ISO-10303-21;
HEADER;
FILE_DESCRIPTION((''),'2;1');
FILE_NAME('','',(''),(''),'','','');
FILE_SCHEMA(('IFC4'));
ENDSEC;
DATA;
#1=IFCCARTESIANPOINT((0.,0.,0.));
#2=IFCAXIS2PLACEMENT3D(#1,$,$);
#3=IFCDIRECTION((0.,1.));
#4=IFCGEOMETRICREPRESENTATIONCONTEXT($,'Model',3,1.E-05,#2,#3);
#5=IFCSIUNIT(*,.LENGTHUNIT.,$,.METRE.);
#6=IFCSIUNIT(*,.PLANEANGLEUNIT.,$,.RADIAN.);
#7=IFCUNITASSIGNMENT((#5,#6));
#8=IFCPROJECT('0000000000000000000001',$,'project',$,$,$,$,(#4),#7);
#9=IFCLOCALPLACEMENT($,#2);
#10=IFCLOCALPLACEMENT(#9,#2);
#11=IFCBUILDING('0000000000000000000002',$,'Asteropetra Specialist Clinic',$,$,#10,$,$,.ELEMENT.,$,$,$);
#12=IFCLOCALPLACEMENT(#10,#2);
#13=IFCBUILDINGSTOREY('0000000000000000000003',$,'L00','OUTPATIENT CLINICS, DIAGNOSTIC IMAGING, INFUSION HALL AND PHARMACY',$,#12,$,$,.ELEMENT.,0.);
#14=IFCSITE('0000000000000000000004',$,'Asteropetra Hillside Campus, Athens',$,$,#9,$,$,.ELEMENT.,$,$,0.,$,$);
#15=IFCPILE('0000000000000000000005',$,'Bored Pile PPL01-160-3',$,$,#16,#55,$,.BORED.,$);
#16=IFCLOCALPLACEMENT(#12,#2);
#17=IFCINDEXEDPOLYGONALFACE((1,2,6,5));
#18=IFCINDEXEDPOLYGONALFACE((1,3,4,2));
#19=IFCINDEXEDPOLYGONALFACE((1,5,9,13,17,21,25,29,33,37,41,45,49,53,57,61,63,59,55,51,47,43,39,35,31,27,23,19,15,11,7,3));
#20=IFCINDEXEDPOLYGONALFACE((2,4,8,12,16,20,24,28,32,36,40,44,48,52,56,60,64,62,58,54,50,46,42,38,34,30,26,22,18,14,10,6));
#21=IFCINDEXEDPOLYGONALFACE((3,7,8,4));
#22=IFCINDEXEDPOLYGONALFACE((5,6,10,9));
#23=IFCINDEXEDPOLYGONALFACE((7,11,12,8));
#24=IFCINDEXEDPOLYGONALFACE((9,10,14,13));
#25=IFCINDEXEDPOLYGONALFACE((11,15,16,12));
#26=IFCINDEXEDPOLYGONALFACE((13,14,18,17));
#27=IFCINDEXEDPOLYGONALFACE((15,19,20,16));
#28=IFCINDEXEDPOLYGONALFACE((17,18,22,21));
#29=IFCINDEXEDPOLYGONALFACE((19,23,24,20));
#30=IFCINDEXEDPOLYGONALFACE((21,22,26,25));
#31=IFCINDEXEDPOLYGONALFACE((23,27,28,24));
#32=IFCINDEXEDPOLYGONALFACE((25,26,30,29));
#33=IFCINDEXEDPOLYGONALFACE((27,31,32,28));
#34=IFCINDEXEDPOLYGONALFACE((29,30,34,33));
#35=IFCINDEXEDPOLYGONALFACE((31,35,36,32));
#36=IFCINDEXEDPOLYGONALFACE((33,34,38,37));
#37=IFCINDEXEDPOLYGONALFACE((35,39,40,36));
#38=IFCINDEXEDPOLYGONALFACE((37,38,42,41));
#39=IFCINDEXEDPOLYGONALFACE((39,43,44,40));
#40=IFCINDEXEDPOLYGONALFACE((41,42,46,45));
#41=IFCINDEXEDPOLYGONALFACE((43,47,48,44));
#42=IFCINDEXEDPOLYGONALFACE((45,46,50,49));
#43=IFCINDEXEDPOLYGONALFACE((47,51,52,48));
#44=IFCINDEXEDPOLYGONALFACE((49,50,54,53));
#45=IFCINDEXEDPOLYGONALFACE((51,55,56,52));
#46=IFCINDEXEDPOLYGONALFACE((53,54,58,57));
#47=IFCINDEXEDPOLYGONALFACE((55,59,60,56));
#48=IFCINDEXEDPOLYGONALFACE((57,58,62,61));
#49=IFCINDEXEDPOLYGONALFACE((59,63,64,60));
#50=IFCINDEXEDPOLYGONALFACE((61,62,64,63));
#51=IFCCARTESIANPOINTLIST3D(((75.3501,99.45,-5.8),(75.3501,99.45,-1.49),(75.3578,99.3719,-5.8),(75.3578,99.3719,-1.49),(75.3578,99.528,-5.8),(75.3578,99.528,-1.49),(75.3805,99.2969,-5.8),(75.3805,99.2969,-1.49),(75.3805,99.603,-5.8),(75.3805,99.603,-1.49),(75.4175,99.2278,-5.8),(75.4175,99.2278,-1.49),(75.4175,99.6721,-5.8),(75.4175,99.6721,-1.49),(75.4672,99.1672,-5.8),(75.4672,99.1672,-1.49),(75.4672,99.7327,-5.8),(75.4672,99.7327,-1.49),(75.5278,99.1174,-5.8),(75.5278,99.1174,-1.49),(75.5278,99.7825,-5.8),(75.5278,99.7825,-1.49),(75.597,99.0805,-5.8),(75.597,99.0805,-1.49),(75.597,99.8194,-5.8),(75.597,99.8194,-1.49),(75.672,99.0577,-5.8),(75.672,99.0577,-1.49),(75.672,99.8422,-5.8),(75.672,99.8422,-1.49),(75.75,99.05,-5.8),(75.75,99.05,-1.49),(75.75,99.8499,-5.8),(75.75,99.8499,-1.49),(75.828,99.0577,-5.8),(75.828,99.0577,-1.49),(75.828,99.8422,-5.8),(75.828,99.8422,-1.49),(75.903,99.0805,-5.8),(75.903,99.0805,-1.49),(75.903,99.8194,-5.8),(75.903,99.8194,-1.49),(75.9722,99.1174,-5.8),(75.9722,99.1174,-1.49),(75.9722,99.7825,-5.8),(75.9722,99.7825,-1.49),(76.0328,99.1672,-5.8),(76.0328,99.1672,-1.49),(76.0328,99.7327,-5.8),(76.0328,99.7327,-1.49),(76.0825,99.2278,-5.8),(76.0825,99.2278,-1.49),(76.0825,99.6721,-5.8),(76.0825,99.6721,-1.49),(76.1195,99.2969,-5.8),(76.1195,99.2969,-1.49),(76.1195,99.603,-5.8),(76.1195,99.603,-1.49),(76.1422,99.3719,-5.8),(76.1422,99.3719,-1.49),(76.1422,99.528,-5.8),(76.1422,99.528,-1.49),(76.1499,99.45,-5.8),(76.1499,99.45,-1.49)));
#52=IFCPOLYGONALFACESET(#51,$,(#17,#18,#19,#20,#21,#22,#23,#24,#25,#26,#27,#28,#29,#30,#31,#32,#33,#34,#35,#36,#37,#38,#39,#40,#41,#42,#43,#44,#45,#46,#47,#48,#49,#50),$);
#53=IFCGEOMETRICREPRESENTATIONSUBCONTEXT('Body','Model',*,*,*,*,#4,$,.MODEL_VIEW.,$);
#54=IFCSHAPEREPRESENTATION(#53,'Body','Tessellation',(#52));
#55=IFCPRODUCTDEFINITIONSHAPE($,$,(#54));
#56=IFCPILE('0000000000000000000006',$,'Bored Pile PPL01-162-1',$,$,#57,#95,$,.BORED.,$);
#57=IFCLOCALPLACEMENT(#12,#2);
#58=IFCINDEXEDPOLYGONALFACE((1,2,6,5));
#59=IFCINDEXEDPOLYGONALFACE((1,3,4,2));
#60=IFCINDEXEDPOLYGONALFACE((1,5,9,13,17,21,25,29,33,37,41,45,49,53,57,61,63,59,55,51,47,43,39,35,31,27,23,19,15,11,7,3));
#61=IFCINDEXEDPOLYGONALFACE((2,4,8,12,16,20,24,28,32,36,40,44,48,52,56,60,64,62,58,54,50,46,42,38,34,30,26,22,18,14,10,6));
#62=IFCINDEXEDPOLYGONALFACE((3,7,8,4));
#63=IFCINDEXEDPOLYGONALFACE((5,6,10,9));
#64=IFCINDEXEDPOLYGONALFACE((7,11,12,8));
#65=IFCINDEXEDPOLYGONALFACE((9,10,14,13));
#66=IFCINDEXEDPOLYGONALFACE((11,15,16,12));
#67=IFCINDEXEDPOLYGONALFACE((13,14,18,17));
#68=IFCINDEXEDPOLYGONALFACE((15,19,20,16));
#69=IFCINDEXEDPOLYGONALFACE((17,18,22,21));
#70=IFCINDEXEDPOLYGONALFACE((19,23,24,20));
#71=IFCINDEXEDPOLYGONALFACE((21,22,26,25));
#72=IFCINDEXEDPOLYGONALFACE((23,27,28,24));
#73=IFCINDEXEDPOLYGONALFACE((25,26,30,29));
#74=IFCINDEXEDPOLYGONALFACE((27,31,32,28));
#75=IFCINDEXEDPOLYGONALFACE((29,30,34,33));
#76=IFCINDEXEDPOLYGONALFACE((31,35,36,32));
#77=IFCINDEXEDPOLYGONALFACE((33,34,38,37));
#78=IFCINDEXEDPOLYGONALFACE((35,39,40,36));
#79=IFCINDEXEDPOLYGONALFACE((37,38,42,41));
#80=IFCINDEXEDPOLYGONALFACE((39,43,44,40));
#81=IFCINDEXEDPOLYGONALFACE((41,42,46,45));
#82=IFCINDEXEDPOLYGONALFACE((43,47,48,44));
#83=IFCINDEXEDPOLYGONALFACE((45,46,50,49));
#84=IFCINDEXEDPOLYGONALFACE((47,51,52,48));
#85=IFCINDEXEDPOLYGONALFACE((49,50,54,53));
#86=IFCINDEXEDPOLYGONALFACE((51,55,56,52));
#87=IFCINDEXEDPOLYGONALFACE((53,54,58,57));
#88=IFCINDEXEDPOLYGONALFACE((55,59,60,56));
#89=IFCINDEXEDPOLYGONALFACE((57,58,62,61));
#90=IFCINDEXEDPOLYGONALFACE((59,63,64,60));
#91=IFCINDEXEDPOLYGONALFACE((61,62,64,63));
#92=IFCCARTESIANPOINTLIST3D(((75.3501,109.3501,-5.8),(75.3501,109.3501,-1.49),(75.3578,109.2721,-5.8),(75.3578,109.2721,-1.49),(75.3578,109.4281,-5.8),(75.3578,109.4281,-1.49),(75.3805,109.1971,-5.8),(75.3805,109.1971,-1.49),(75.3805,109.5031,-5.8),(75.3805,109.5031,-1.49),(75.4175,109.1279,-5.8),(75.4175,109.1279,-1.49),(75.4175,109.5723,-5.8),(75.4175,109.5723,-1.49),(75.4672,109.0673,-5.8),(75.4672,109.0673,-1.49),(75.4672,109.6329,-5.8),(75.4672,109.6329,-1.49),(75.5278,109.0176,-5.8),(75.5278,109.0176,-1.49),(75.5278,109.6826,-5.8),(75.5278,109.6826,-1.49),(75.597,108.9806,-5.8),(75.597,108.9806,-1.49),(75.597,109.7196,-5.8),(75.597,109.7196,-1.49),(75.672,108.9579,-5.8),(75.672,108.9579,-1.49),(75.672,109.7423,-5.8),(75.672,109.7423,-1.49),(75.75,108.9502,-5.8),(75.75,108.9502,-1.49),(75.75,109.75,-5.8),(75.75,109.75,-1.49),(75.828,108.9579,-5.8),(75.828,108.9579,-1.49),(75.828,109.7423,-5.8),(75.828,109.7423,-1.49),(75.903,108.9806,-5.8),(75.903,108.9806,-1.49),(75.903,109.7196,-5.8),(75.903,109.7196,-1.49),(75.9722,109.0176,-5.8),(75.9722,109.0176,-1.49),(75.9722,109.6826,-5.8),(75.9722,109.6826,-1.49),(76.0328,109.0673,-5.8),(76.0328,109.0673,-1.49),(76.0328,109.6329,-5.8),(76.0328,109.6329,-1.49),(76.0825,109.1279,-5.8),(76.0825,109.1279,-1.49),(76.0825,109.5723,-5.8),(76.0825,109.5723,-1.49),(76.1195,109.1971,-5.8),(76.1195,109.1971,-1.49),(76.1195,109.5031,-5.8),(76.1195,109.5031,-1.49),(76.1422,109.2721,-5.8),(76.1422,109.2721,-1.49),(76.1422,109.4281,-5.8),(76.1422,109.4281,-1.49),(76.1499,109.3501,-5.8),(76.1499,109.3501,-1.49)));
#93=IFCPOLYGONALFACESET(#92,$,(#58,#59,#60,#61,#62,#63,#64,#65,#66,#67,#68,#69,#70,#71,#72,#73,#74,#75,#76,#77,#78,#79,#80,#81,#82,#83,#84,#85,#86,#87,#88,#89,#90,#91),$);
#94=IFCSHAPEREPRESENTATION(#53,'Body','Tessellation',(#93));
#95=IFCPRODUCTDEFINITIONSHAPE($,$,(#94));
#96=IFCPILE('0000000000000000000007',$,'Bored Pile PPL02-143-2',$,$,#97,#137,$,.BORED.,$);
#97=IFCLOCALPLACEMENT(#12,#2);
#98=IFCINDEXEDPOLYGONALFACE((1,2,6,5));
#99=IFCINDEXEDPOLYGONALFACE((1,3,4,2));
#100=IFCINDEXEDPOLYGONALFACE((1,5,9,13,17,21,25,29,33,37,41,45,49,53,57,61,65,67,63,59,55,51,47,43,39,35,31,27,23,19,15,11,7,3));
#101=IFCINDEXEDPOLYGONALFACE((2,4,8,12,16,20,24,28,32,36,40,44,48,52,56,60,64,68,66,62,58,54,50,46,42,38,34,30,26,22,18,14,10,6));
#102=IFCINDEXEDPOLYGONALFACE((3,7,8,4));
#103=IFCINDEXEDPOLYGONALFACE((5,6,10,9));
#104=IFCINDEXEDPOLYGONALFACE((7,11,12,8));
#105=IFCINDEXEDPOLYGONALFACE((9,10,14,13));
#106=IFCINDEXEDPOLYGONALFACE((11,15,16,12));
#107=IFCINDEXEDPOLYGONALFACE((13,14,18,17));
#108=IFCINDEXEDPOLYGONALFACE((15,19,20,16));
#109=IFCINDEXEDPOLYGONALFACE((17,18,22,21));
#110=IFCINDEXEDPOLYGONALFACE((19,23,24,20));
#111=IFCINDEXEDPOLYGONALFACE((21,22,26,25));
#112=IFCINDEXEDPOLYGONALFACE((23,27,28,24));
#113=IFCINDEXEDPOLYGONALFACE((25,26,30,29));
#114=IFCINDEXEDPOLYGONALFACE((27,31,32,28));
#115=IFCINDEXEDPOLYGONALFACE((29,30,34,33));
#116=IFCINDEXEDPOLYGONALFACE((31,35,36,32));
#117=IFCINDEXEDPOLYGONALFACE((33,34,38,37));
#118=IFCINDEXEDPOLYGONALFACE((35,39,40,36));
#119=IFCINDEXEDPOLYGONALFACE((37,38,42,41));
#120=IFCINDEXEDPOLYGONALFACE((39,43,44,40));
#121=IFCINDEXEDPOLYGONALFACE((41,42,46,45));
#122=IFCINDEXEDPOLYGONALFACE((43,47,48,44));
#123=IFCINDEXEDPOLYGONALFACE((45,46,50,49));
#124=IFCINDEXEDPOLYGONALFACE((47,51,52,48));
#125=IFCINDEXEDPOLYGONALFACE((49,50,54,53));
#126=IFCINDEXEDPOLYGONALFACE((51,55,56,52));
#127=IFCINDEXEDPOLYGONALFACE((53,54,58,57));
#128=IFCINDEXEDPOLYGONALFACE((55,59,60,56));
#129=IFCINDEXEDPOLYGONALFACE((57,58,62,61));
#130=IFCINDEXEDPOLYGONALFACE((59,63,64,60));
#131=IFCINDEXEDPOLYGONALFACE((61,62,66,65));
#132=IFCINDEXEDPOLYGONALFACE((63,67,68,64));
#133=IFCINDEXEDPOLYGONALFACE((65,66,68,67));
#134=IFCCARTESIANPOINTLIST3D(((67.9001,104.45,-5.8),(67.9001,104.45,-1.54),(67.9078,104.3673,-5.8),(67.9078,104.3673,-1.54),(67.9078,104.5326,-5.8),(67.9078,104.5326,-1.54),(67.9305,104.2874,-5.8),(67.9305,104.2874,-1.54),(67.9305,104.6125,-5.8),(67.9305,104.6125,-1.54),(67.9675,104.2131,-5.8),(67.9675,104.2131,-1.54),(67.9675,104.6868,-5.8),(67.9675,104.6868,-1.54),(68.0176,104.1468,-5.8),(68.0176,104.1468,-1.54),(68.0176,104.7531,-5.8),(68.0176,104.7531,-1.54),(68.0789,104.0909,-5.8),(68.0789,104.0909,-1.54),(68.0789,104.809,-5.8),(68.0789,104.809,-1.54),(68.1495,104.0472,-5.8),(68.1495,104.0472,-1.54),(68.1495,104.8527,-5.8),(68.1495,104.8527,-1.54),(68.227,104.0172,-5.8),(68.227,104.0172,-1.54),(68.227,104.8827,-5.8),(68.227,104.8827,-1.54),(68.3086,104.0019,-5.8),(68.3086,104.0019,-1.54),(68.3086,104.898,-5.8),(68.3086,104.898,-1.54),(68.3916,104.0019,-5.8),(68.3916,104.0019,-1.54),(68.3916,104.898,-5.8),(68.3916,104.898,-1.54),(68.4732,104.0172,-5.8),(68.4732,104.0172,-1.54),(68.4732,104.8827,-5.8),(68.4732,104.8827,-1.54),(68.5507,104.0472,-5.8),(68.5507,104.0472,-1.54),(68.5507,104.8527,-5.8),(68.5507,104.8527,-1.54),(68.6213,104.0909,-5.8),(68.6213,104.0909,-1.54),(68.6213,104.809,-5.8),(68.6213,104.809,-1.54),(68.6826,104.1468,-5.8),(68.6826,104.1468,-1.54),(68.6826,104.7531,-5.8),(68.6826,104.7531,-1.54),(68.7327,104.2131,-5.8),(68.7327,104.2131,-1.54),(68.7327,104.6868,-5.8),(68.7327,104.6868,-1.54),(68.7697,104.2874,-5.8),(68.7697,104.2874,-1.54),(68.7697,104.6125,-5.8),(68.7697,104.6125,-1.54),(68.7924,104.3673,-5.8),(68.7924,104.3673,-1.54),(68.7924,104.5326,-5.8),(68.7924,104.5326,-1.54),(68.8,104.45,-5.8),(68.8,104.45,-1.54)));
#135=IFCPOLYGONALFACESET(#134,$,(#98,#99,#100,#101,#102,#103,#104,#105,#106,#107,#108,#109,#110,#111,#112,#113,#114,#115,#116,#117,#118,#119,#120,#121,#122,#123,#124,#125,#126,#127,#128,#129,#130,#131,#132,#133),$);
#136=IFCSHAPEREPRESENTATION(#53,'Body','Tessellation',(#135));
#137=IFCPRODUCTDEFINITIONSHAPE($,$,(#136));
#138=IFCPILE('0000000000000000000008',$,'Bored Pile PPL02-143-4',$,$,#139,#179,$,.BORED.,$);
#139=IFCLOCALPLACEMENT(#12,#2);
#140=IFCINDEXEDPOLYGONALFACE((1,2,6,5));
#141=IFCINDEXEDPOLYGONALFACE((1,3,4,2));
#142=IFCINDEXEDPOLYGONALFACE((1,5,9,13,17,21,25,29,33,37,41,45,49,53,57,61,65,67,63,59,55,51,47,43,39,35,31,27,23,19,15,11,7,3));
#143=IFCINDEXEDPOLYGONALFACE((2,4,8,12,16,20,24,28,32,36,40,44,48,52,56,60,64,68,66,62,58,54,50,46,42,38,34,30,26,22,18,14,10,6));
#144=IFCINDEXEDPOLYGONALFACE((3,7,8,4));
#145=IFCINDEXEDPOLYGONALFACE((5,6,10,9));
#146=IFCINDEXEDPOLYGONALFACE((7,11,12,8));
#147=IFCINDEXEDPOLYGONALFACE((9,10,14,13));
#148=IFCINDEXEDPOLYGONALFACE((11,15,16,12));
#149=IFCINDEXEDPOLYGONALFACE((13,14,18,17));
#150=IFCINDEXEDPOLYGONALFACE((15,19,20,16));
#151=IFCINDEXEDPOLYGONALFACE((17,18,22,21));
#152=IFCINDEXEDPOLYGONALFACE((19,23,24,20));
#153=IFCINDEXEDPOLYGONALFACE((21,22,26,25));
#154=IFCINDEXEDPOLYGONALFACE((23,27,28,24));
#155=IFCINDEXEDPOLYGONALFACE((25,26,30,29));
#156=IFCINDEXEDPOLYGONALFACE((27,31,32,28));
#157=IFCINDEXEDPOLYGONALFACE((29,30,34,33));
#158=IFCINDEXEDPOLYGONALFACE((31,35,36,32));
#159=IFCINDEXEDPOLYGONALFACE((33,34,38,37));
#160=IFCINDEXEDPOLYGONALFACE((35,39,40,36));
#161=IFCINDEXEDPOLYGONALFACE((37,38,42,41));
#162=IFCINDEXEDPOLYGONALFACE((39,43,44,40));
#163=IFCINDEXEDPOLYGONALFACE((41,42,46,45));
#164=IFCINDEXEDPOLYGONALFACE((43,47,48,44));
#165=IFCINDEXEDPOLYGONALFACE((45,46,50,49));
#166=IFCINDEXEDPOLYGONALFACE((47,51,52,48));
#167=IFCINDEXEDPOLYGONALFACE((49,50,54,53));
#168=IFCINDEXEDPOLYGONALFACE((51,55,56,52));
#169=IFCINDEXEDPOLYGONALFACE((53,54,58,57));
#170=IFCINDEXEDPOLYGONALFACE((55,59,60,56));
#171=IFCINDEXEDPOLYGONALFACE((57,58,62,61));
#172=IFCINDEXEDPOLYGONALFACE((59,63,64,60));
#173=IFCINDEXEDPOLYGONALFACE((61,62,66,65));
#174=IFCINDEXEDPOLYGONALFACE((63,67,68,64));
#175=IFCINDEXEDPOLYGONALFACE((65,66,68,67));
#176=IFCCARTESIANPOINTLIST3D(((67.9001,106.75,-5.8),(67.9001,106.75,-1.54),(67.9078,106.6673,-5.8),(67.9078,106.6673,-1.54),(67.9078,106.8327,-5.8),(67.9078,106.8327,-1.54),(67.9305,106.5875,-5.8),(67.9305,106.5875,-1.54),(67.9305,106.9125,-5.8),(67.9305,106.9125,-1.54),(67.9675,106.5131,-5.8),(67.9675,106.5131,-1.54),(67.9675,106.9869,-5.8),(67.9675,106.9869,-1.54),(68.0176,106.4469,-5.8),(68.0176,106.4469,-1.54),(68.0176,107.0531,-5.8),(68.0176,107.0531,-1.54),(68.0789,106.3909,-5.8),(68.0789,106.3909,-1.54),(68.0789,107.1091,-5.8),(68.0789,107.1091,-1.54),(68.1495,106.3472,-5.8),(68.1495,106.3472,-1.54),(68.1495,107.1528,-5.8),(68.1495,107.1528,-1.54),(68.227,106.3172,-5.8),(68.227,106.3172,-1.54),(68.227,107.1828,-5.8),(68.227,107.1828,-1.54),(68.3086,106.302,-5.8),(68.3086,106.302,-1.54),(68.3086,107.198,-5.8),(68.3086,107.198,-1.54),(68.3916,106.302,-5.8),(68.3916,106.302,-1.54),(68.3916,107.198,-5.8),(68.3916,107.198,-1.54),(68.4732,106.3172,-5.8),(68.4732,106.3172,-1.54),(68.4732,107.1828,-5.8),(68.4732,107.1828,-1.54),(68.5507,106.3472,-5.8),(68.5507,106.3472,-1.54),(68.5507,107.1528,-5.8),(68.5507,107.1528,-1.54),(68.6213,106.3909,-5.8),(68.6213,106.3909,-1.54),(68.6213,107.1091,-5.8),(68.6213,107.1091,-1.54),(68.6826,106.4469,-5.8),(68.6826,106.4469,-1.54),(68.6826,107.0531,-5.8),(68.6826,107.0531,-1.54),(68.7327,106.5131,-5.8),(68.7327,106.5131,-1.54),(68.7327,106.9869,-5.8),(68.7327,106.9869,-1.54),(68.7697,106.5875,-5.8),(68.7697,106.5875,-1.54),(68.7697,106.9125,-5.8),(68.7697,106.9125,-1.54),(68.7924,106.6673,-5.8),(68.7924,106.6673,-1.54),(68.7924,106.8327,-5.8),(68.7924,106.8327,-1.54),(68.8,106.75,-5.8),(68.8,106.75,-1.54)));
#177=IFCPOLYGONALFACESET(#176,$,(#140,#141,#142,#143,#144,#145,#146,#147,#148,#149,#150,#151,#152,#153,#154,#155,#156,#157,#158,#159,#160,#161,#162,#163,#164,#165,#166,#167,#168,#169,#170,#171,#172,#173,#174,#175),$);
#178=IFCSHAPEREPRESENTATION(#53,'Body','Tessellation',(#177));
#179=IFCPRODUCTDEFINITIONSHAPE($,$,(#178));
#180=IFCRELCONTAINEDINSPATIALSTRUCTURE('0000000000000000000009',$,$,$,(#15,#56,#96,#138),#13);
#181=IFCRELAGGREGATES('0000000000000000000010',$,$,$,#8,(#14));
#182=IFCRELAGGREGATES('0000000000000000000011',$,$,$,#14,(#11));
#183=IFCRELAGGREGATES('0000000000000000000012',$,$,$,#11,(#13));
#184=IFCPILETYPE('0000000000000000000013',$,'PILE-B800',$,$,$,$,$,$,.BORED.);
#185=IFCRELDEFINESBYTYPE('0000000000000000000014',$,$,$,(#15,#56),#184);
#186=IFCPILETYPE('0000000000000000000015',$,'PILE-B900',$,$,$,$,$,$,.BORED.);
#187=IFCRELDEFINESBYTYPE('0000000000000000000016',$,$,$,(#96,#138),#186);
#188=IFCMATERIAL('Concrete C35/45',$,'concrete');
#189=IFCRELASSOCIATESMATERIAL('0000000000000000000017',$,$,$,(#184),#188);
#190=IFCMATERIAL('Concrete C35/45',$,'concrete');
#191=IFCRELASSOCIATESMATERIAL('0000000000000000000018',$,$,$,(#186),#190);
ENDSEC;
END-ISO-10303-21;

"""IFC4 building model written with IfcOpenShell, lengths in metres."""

from ifc_helpers import new_model, si_unit, direction, frame, origin, origin_2d, place, context, subcontext, project, spatial, circle, extrude, material, material_profile, profile_set, type_object, element, save


model = new_model("IFC4")

# Units and contexts
model_context = context("Model", 3, precision=1e-05, world=origin(), true_north=direction((0.0, 1.0)))
body_context = subcontext(model_context, "Body", "Model", "MODEL_VIEW")
ifc_project = project(units=[si_unit("LENGTHUNIT", "METRE"), si_unit("PLANEANGLEUNIT", "RADIAN")], contexts=[model_context])

# Site, building, storey
site_placement = place(None, origin())
site = spatial("IfcSite", under=ifc_project, at=site_placement, Name="Asteropetra Hillside Campus, Athens", CompositionType="ELEMENT", RefElevation=0.0)
building_placement = place(site_placement, origin())
building = spatial("IfcBuilding", under=site, at=building_placement, Name="Asteropetra Specialist Clinic", CompositionType="ELEMENT")
storey_placement = place(building_placement, origin())
storey = spatial("IfcBuildingStorey", under=building, at=storey_placement, Name="L00", Description="OUTPATIENT CLINICS, DIAGNOSTIC IMAGING, INFUSION HALL AND PHARMACY", CompositionType="ELEMENT", Elevation=0.0)

# Piles
ifc_material_1 = material(Name="Concrete C35/45", Category="concrete")
ifc_material_profile_1 = material_profile(ifc_material_1, circle(Radius=0.3999, at=origin_2d()), Name="PILE D800")
ifc_profile_set_1 = profile_set([ifc_material_profile_1], Name="Concrete C35/45")
pile_type_1 = type_object("IfcPileType", Name="PILE-B800", PredefinedType="BORED", material=ifc_profile_set_1)
for number, where, z_axis, x_axis, name in (
    (1, (75.75, 99.45, -1.49), (0.0, 0.0, -1.0), (1.0, 0.0, 0.0), "Bored Pile PPL01-160-3"),
    (2, (75.75, 109.3501, -1.49), (0.0, 0.0, -1.0), (1.0, 0.0, 0.0), "Bored Pile PPL01-162-1"),
):
    element("IfcPile", number, at=place(storey_placement, frame(where, z_axis=z_axis, x_axis=x_axis)), inside=storey, type_object=pile_type_1, Name=name, PredefinedType="BORED", context=body_context, shape_type="SweptSolid", body=[
        extrude(circle(Radius=0.3999, at=origin_2d()), origin(), (0.0, 0.0, 1.0), 4.3101),
    ])
ifc_material_2 = material(Name="Concrete C35/45", Category="concrete")
ifc_material_profile_2 = material_profile(ifc_material_2, circle(Radius=0.45, at=origin_2d()), Name="PILE D900")
ifc_profile_set_2 = profile_set([ifc_material_profile_2], Name="Concrete C35/45")
pile_type_2 = type_object("IfcPileType", Name="PILE-B900", PredefinedType="BORED", material=ifc_profile_set_2)
for number, where, z_axis, x_axis, name in (
    (3, (68.3501, 104.45, -1.54), (0.0, 0.0, -1.0), (1.0, 0.0, 0.0), "Bored Pile PPL02-143-2"),
    (4, (68.3501, 106.75, -1.54), (0.0, 0.0, -1.0), (1.0, 0.0, 0.0), "Bored Pile PPL02-143-4"),
):
    element("IfcPile", number, at=place(storey_placement, frame(where, z_axis=z_axis, x_axis=x_axis)), inside=storey, type_object=pile_type_2, Name=name, PredefinedType="BORED", context=body_context, shape_type="SweptSolid", body=[
        extrude(circle(Radius=0.45, at=origin_2d()), origin(), (0.0, 0.0, 1.0), 4.26),
    ])

save(model, "model.ifc")
